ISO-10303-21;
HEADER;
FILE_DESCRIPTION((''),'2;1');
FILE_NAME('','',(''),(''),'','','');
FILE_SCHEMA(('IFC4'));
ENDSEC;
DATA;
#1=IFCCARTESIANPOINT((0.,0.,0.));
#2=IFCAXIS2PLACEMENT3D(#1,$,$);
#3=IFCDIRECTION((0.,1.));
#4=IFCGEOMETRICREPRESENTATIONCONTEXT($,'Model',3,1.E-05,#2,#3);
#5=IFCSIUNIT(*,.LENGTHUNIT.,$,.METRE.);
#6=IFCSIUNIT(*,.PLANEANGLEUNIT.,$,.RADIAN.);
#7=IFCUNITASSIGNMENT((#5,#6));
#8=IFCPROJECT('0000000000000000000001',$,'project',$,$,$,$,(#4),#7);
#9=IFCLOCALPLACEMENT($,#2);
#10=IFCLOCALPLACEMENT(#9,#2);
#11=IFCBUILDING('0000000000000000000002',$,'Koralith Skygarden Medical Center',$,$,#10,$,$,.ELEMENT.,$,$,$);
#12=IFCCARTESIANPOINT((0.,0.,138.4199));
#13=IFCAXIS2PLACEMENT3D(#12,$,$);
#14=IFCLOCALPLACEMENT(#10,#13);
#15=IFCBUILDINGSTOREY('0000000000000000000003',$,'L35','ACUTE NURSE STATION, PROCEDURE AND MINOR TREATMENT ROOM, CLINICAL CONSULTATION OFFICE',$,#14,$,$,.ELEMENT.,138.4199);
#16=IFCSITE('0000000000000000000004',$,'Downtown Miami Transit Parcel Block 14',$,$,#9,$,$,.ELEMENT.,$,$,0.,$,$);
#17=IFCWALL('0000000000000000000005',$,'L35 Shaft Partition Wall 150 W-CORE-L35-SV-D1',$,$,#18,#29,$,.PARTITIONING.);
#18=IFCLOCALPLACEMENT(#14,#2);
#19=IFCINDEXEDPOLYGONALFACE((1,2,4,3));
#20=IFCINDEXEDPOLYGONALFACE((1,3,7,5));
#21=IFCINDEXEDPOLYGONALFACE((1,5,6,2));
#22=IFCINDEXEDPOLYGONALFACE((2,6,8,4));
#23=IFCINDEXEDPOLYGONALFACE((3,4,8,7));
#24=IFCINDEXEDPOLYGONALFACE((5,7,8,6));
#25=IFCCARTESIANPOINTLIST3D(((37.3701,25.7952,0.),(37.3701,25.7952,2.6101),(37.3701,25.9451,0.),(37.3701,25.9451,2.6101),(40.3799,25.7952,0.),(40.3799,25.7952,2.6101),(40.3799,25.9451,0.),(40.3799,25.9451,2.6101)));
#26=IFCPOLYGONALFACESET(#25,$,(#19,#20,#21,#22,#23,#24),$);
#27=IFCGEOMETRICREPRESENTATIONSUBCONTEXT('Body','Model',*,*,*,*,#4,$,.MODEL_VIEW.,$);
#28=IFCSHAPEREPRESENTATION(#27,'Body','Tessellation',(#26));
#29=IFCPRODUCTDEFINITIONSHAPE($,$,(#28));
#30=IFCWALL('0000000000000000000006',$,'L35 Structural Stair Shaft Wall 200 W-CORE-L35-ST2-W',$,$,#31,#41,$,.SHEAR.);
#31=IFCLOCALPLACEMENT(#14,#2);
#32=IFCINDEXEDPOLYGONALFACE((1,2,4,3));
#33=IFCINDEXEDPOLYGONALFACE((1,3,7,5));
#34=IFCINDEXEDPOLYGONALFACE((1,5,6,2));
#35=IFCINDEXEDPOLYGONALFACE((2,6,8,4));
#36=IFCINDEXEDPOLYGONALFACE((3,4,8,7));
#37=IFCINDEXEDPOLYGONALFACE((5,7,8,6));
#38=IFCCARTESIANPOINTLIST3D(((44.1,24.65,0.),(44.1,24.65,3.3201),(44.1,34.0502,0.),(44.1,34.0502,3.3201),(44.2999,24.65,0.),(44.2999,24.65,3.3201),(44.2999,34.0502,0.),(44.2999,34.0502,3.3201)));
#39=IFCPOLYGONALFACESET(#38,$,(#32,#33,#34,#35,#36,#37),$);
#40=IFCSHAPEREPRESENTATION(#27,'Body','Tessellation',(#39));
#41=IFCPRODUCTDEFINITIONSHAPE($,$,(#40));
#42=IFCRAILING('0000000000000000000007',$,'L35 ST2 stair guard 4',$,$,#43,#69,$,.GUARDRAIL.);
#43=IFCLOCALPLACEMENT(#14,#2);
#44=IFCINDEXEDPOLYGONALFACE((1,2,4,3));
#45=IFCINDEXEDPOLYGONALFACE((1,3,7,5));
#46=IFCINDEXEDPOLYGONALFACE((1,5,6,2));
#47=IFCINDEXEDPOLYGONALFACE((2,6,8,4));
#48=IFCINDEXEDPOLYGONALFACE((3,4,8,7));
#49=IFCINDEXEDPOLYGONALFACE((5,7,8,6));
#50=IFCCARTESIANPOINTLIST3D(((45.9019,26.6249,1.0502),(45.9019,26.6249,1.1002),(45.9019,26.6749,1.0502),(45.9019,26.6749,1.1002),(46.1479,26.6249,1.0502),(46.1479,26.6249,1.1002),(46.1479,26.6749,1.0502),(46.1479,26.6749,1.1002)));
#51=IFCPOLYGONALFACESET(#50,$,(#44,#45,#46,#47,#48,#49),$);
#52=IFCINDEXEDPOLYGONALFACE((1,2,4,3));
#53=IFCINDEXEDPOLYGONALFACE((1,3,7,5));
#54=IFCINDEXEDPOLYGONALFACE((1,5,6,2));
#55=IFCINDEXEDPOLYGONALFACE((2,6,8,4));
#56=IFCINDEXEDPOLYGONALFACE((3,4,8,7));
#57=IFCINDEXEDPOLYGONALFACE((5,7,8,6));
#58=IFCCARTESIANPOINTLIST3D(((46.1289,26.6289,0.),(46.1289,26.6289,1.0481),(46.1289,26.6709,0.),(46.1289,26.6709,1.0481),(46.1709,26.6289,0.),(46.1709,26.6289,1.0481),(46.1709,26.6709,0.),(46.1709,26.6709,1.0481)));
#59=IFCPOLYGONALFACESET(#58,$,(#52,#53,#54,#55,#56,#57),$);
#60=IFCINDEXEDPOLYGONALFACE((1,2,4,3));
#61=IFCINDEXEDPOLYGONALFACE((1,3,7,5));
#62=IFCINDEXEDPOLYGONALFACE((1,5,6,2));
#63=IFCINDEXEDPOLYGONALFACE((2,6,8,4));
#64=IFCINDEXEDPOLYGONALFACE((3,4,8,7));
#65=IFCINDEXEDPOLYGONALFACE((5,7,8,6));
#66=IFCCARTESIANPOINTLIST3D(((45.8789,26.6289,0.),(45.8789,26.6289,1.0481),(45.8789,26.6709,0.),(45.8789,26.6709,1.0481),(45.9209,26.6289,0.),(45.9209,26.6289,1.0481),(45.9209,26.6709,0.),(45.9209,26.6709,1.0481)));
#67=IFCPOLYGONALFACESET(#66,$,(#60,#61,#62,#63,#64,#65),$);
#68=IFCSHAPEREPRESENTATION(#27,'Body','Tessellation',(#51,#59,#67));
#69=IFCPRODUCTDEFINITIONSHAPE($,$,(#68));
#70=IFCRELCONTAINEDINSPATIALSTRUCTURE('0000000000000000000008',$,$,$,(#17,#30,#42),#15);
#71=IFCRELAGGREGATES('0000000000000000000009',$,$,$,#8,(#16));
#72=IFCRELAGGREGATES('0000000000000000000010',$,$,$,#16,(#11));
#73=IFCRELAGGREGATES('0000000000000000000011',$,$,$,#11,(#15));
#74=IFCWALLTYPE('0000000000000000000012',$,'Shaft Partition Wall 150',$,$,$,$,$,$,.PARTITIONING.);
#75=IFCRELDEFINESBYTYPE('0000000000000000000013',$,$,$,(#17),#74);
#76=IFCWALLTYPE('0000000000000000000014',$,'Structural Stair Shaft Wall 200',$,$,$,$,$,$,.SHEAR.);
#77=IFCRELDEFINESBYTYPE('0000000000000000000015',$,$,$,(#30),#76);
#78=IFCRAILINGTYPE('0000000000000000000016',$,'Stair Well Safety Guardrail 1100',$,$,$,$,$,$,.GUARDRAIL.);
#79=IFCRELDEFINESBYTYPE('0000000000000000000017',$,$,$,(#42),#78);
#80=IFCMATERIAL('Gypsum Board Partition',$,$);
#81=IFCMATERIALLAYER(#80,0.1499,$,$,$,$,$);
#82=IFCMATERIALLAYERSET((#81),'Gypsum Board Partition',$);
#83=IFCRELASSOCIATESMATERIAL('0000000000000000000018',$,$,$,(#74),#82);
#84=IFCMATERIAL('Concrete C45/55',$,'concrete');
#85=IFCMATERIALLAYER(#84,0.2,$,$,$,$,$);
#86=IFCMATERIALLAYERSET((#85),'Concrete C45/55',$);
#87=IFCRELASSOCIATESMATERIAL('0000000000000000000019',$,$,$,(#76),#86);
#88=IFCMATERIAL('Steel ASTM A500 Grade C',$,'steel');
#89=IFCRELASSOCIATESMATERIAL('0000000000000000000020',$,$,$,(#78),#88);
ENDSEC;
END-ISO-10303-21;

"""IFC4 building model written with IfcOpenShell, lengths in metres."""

from ifc_helpers import new_model, si_unit, direction, frame, frame_2d, origin, origin_2d, place, context, subcontext, project, spatial, rectangle, extrude, material, layer, layer_set, type_object, element, save


model = new_model("IFC4")

# Units and contexts
model_context = context("Model", 3, precision=1e-05, world=origin(), true_north=direction((0.0, 1.0)))
body_context = subcontext(model_context, "Body", "Model", "MODEL_VIEW")
ifc_project = project(units=[si_unit("LENGTHUNIT", "METRE"), si_unit("PLANEANGLEUNIT", "RADIAN")], contexts=[model_context])

# Site, building, storey
site_placement = place(None, origin())
site = spatial("IfcSite", under=ifc_project, at=site_placement, Name="Downtown Miami Transit Parcel Block 14", CompositionType="ELEMENT", RefElevation=0.0)
building_placement = place(site_placement, origin())
building = spatial("IfcBuilding", under=site, at=building_placement, Name="Koralith Skygarden Medical Center", CompositionType="ELEMENT")
storey_placement = place(building_placement, frame((0.0, 0.0, 138.4199)))
storey = spatial("IfcBuildingStorey", under=building, at=storey_placement, Name="L35", Description="ACUTE NURSE STATION, PROCEDURE AND MINOR TREATMENT ROOM, CLINICAL CONSULTATION OFFICE", CompositionType="ELEMENT", Elevation=138.4199)

# Shared definitions
ifc_material_1 = material(Name="Gypsum Board Partition")
ifc_material_2 = material(Name="Steel ASTM A500 Grade C", Category="steel")

# Walls
ifc_layer_1 = layer(ifc_material_1, 0.1499)
ifc_layer_set_1 = layer_set([ifc_layer_1], Name="Gypsum Board Partition")
wall_type_1 = type_object("IfcWallType", Name="Shaft Partition Wall 150", PredefinedType="PARTITIONING", material=ifc_layer_set_1)
wall_1_placement = place(storey_placement, frame((37.3701, 25.8701, 0.0), z_axis=(0.0, 0.0, 1.0), x_axis=(1.0, 0.0, 0.0)))
element("IfcWall", 1, at=wall_1_placement, inside=storey, type_object=wall_type_1, Name="L35 Shaft Partition Wall 150 W-CORE-L35-SV-D1", PredefinedType="PARTITIONING", context=body_context, shape_type="SweptSolid", body=[
    extrude(rectangle(XDim=3.0098, YDim=0.1499, at=frame_2d((1.5049, 0.0))), origin(), (0.0, 0.0, 1.0), 2.6101),
])
ifc_material_3 = material(Name="Concrete C45/55", Category="concrete")
ifc_layer_2 = layer(ifc_material_3, 0.2)
ifc_layer_set_2 = layer_set([ifc_layer_2], Name="Concrete C45/55")
wall_type_2 = type_object("IfcWallType", Name="Structural Stair Shaft Wall 200", PredefinedType="SHEAR", material=ifc_layer_set_2)
wall_2_placement = place(storey_placement, frame((44.2, 24.6499, 0.0), z_axis=(0.0, 0.0, 1.0), x_axis=(0.0, 1.0, 0.0)))
element("IfcWall", 2, at=wall_2_placement, inside=storey, type_object=wall_type_2, Name="L35 Structural Stair Shaft Wall 200 W-CORE-L35-ST2-W", PredefinedType="SHEAR", context=body_context, shape_type="SweptSolid", body=[
    extrude(rectangle(XDim=9.4001, YDim=0.2, at=frame_2d((4.7002, 0.0))), origin(), (0.0, 0.0, 1.0), 3.3201),
])

# Railing
railing_type = type_object("IfcRailingType", Name="Stair Well Safety Guardrail 1100", PredefinedType="GUARDRAIL", material=ifc_material_2)
railing_placement = place(storey_placement, frame((46.1499, 26.6499, 0.0)))
element("IfcRailing", 3, at=railing_placement, inside=storey, type_object=railing_type, Name="L35 ST2 stair guard 4", PredefinedType="GUARDRAIL", context=body_context, shape_type="SweptSolid", body=[
    extrude(rectangle(XDim=0.05, YDim=0.05, at=origin_2d()), frame((-0.002, 0.0, 1.0752), z_axis=(-1.0, 0.0, 0.0), x_axis=(0.0, -1.0, 0.0)), (0.0, 0.0, 1.0), 0.2461),
    extrude(rectangle(XDim=0.042, YDim=0.042, at=origin_2d()), origin(), (0.0, 0.0, 1.0), 1.0481),
    extrude(rectangle(XDim=0.042, YDim=0.042, at=origin_2d()), frame((-0.25, 0.0, 0.0)), (0.0, 0.0, 1.0), 1.0481),
])

save(model, "model.ifc")
